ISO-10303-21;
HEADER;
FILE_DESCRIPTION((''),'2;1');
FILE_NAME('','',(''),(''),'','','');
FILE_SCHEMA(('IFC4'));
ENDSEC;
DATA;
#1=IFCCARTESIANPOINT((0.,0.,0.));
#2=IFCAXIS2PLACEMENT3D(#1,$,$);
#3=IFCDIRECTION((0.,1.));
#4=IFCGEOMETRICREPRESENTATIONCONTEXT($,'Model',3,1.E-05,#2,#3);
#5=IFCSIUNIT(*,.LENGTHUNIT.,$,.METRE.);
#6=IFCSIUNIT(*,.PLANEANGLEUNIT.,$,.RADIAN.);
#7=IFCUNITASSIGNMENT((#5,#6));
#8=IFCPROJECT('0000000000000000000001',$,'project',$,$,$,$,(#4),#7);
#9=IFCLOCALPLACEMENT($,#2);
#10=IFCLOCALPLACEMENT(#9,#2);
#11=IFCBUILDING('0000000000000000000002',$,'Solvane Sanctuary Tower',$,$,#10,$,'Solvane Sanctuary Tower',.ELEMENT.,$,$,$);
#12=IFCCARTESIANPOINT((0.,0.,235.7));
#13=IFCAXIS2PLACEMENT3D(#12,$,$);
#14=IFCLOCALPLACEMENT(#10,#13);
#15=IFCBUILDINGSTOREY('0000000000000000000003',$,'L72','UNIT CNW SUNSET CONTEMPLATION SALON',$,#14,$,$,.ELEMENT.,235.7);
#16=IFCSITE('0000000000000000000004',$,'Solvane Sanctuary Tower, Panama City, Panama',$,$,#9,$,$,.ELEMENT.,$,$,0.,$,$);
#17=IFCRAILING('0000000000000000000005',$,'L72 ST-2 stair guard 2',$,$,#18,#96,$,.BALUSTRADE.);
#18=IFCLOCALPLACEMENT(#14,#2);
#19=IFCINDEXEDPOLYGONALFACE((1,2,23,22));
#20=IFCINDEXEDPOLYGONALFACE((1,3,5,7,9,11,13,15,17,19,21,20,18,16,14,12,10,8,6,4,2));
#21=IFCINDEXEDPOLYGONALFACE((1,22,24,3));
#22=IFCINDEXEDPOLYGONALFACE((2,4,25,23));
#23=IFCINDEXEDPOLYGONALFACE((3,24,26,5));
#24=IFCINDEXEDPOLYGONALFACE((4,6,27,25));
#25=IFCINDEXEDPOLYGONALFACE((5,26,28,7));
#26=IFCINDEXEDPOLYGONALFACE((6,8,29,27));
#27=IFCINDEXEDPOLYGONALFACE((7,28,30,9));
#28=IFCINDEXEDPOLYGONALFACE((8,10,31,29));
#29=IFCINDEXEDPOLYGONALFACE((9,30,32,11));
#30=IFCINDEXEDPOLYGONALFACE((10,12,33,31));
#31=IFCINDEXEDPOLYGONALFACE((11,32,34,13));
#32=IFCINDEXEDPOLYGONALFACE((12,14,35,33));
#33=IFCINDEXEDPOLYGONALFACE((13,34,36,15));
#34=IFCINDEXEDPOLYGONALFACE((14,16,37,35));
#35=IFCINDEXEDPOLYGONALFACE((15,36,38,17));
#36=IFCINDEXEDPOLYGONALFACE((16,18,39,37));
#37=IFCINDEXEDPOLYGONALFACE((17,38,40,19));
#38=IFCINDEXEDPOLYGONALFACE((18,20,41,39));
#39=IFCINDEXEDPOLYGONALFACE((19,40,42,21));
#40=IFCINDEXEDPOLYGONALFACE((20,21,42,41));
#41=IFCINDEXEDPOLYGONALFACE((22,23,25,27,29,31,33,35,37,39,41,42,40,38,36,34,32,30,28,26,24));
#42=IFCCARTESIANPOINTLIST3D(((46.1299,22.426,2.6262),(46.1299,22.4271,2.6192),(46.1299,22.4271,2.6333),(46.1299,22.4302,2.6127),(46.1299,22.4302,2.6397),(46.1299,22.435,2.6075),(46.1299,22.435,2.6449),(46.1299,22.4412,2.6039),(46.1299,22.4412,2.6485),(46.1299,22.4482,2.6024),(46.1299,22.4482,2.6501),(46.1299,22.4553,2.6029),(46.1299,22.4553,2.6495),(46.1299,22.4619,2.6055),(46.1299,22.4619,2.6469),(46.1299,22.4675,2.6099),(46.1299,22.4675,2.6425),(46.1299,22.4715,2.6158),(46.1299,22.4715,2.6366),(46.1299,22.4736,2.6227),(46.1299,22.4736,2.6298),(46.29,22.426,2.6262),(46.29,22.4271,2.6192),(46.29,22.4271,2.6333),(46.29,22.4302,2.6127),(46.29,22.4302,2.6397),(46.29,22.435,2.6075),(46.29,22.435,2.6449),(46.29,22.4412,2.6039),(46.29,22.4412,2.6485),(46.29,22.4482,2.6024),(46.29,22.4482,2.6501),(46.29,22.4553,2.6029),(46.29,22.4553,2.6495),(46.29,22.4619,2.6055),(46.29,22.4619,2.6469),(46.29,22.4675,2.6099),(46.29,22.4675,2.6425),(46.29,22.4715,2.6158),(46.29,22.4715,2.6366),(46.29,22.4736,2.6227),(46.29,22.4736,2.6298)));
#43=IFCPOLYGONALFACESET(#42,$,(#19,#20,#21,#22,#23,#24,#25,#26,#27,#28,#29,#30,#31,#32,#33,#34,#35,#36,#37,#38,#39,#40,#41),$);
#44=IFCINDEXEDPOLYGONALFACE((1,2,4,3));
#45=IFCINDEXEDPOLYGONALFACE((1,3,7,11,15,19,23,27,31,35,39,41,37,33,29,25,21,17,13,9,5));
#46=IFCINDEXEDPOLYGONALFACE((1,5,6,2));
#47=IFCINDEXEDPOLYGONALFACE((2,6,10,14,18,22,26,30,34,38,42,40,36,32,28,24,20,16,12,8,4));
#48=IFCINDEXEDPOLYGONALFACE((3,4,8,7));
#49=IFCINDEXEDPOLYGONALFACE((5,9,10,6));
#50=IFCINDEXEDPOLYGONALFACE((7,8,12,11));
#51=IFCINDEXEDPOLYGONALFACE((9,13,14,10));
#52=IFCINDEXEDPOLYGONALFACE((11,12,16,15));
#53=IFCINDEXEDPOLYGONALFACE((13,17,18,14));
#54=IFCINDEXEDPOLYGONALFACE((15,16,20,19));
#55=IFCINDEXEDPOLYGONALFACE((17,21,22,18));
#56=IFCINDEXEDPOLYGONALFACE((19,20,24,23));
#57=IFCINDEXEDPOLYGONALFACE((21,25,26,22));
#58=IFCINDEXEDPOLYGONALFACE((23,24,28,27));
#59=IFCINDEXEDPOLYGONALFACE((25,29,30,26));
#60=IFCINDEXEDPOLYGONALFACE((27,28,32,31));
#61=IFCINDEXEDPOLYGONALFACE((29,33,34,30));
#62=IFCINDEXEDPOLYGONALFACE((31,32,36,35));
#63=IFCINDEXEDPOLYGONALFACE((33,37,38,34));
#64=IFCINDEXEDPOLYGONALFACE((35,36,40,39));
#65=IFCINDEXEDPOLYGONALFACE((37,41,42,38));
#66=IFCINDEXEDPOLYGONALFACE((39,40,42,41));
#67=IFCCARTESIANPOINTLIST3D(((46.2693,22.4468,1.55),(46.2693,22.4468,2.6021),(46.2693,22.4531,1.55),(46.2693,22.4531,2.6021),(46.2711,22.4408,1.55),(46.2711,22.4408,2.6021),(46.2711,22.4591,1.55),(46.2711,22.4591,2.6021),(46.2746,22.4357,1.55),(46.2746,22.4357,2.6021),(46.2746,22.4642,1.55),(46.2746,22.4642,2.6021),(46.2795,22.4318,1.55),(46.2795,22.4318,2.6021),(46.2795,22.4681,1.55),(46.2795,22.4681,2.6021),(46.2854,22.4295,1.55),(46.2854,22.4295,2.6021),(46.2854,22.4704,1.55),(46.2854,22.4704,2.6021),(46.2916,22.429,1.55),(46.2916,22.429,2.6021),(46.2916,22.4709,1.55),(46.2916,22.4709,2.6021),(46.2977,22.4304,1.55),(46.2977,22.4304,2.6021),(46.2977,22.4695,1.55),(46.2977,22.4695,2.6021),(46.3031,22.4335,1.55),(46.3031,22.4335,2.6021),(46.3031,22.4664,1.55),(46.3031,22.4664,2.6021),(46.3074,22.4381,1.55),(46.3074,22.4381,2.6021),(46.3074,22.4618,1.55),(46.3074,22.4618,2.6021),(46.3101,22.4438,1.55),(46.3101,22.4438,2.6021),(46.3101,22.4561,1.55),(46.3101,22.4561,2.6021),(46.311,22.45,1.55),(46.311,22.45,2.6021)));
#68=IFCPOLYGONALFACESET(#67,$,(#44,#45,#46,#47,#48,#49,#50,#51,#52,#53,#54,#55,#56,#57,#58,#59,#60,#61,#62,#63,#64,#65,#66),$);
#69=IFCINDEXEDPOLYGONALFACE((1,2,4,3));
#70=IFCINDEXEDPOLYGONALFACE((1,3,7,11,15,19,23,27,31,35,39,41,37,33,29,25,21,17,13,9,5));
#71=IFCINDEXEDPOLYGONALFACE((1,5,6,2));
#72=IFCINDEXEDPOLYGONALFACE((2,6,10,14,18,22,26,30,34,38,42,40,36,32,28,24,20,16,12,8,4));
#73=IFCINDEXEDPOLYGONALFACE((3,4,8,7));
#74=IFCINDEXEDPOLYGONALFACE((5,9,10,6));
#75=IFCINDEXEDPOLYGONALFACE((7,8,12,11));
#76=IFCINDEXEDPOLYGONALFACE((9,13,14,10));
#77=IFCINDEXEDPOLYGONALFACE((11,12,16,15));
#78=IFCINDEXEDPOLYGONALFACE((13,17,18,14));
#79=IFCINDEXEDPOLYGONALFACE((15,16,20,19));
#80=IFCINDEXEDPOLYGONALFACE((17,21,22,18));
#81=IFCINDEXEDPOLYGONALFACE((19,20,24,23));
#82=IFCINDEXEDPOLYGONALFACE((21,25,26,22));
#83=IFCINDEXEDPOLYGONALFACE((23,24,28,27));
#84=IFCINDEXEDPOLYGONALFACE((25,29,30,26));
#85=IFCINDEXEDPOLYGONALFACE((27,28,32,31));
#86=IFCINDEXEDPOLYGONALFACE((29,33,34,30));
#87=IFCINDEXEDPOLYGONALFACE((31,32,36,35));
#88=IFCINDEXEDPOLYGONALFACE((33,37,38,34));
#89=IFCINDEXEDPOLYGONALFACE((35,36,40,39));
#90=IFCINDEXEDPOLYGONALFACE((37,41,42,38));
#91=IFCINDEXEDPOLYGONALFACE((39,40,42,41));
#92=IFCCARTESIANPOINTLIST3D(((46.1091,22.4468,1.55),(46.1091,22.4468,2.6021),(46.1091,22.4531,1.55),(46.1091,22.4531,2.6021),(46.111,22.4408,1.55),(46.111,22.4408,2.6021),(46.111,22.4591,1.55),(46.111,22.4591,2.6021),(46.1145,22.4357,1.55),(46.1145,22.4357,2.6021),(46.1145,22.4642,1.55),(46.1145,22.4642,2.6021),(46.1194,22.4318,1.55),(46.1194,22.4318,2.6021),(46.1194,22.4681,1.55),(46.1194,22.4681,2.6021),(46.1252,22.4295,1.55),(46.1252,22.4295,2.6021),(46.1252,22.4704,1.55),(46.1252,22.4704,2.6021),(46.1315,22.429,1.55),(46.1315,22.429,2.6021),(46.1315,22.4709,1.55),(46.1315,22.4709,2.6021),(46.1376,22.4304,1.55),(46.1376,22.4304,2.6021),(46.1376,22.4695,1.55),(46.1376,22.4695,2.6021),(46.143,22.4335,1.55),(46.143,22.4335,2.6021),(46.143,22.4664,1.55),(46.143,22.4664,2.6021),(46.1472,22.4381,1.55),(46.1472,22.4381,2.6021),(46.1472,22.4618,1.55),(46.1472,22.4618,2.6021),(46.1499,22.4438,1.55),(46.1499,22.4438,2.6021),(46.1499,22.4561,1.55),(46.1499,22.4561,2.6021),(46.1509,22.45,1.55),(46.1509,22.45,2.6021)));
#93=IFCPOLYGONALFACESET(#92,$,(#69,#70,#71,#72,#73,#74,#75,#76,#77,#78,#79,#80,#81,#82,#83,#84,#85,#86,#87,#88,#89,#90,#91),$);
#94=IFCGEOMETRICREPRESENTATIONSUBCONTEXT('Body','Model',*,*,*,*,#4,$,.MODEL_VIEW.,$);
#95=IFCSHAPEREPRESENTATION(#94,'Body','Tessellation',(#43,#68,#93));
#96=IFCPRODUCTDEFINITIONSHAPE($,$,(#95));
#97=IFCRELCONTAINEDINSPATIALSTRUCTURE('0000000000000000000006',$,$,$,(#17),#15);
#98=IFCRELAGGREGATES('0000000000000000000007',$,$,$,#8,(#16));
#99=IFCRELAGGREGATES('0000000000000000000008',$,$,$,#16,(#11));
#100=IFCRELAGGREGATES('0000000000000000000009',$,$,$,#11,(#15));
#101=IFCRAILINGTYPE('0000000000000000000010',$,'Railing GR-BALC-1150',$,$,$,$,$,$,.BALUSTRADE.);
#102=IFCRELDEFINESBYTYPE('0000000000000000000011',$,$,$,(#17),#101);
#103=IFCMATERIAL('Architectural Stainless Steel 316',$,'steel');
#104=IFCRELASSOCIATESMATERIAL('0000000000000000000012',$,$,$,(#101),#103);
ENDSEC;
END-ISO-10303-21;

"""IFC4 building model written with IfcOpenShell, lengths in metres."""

from ifc_helpers import new_model, si_unit, direction, frame, origin, origin_2d, place, context, subcontext, project, spatial, circle, extrude, material, type_object, element, save


model = new_model("IFC4")

# Units and contexts
model_context = context("Model", 3, precision=1e-05, world=origin(), true_north=direction((0.0, 1.0)))
body_context = subcontext(model_context, "Body", "Model", "MODEL_VIEW")
ifc_project = project(units=[si_unit("LENGTHUNIT", "METRE"), si_unit("PLANEANGLEUNIT", "RADIAN")], contexts=[model_context])

# Site, building, storey
site_placement = place(None, origin())
site = spatial("IfcSite", under=ifc_project, at=site_placement, Name="Solvane Sanctuary Tower, Panama City, Panama", CompositionType="ELEMENT", RefElevation=0.0)
building_placement = place(site_placement, origin())
building = spatial("IfcBuilding", under=site, at=building_placement, Name="Solvane Sanctuary Tower", LongName="Solvane Sanctuary Tower", CompositionType="ELEMENT")
storey_placement = place(building_placement, frame((0.0, 0.0, 235.7)))
storey = spatial("IfcBuildingStorey", under=building, at=storey_placement, Name="L72", Description="UNIT CNW SUNSET CONTEMPLATION SALON", CompositionType="ELEMENT", Elevation=235.7)

# Shared definitions
ifc_material_1 = material(Name="Architectural Stainless Steel 316", Category="steel")

# Railing
railing_type_1 = type_object("IfcRailingType", Name="Railing GR-BALC-1150", PredefinedType="BALUSTRADE", material=ifc_material_1)
railing_1_placement = place(storey_placement, frame((46.29, 22.45, 1.55)))
element("IfcRailing", 1, at=railing_1_placement, inside=storey, type_object=railing_type_1, Name="L72 ST-2 stair guard 2", PredefinedType="BALUSTRADE", context=body_context, shape_type="SweptSolid", body=[
    extrude(circle(Radius=0.0239, at=origin_2d()), frame((0.0, 0.0, 1.0762), z_axis=(-1.0, 0.0, 0.0), x_axis=(0.0, -1.0, 0.0)), (0.0, 0.0, 1.0), 0.1602),
    extrude(circle(Radius=0.021, at=origin_2d()), origin(), (0.0, 0.0, 1.0), 1.052),
    extrude(circle(Radius=0.021, at=origin_2d()), frame((-0.1602, 0.0, 0.0)), (0.0, 0.0, 1.0), 1.052),
])

save(model, "model.ifc")
